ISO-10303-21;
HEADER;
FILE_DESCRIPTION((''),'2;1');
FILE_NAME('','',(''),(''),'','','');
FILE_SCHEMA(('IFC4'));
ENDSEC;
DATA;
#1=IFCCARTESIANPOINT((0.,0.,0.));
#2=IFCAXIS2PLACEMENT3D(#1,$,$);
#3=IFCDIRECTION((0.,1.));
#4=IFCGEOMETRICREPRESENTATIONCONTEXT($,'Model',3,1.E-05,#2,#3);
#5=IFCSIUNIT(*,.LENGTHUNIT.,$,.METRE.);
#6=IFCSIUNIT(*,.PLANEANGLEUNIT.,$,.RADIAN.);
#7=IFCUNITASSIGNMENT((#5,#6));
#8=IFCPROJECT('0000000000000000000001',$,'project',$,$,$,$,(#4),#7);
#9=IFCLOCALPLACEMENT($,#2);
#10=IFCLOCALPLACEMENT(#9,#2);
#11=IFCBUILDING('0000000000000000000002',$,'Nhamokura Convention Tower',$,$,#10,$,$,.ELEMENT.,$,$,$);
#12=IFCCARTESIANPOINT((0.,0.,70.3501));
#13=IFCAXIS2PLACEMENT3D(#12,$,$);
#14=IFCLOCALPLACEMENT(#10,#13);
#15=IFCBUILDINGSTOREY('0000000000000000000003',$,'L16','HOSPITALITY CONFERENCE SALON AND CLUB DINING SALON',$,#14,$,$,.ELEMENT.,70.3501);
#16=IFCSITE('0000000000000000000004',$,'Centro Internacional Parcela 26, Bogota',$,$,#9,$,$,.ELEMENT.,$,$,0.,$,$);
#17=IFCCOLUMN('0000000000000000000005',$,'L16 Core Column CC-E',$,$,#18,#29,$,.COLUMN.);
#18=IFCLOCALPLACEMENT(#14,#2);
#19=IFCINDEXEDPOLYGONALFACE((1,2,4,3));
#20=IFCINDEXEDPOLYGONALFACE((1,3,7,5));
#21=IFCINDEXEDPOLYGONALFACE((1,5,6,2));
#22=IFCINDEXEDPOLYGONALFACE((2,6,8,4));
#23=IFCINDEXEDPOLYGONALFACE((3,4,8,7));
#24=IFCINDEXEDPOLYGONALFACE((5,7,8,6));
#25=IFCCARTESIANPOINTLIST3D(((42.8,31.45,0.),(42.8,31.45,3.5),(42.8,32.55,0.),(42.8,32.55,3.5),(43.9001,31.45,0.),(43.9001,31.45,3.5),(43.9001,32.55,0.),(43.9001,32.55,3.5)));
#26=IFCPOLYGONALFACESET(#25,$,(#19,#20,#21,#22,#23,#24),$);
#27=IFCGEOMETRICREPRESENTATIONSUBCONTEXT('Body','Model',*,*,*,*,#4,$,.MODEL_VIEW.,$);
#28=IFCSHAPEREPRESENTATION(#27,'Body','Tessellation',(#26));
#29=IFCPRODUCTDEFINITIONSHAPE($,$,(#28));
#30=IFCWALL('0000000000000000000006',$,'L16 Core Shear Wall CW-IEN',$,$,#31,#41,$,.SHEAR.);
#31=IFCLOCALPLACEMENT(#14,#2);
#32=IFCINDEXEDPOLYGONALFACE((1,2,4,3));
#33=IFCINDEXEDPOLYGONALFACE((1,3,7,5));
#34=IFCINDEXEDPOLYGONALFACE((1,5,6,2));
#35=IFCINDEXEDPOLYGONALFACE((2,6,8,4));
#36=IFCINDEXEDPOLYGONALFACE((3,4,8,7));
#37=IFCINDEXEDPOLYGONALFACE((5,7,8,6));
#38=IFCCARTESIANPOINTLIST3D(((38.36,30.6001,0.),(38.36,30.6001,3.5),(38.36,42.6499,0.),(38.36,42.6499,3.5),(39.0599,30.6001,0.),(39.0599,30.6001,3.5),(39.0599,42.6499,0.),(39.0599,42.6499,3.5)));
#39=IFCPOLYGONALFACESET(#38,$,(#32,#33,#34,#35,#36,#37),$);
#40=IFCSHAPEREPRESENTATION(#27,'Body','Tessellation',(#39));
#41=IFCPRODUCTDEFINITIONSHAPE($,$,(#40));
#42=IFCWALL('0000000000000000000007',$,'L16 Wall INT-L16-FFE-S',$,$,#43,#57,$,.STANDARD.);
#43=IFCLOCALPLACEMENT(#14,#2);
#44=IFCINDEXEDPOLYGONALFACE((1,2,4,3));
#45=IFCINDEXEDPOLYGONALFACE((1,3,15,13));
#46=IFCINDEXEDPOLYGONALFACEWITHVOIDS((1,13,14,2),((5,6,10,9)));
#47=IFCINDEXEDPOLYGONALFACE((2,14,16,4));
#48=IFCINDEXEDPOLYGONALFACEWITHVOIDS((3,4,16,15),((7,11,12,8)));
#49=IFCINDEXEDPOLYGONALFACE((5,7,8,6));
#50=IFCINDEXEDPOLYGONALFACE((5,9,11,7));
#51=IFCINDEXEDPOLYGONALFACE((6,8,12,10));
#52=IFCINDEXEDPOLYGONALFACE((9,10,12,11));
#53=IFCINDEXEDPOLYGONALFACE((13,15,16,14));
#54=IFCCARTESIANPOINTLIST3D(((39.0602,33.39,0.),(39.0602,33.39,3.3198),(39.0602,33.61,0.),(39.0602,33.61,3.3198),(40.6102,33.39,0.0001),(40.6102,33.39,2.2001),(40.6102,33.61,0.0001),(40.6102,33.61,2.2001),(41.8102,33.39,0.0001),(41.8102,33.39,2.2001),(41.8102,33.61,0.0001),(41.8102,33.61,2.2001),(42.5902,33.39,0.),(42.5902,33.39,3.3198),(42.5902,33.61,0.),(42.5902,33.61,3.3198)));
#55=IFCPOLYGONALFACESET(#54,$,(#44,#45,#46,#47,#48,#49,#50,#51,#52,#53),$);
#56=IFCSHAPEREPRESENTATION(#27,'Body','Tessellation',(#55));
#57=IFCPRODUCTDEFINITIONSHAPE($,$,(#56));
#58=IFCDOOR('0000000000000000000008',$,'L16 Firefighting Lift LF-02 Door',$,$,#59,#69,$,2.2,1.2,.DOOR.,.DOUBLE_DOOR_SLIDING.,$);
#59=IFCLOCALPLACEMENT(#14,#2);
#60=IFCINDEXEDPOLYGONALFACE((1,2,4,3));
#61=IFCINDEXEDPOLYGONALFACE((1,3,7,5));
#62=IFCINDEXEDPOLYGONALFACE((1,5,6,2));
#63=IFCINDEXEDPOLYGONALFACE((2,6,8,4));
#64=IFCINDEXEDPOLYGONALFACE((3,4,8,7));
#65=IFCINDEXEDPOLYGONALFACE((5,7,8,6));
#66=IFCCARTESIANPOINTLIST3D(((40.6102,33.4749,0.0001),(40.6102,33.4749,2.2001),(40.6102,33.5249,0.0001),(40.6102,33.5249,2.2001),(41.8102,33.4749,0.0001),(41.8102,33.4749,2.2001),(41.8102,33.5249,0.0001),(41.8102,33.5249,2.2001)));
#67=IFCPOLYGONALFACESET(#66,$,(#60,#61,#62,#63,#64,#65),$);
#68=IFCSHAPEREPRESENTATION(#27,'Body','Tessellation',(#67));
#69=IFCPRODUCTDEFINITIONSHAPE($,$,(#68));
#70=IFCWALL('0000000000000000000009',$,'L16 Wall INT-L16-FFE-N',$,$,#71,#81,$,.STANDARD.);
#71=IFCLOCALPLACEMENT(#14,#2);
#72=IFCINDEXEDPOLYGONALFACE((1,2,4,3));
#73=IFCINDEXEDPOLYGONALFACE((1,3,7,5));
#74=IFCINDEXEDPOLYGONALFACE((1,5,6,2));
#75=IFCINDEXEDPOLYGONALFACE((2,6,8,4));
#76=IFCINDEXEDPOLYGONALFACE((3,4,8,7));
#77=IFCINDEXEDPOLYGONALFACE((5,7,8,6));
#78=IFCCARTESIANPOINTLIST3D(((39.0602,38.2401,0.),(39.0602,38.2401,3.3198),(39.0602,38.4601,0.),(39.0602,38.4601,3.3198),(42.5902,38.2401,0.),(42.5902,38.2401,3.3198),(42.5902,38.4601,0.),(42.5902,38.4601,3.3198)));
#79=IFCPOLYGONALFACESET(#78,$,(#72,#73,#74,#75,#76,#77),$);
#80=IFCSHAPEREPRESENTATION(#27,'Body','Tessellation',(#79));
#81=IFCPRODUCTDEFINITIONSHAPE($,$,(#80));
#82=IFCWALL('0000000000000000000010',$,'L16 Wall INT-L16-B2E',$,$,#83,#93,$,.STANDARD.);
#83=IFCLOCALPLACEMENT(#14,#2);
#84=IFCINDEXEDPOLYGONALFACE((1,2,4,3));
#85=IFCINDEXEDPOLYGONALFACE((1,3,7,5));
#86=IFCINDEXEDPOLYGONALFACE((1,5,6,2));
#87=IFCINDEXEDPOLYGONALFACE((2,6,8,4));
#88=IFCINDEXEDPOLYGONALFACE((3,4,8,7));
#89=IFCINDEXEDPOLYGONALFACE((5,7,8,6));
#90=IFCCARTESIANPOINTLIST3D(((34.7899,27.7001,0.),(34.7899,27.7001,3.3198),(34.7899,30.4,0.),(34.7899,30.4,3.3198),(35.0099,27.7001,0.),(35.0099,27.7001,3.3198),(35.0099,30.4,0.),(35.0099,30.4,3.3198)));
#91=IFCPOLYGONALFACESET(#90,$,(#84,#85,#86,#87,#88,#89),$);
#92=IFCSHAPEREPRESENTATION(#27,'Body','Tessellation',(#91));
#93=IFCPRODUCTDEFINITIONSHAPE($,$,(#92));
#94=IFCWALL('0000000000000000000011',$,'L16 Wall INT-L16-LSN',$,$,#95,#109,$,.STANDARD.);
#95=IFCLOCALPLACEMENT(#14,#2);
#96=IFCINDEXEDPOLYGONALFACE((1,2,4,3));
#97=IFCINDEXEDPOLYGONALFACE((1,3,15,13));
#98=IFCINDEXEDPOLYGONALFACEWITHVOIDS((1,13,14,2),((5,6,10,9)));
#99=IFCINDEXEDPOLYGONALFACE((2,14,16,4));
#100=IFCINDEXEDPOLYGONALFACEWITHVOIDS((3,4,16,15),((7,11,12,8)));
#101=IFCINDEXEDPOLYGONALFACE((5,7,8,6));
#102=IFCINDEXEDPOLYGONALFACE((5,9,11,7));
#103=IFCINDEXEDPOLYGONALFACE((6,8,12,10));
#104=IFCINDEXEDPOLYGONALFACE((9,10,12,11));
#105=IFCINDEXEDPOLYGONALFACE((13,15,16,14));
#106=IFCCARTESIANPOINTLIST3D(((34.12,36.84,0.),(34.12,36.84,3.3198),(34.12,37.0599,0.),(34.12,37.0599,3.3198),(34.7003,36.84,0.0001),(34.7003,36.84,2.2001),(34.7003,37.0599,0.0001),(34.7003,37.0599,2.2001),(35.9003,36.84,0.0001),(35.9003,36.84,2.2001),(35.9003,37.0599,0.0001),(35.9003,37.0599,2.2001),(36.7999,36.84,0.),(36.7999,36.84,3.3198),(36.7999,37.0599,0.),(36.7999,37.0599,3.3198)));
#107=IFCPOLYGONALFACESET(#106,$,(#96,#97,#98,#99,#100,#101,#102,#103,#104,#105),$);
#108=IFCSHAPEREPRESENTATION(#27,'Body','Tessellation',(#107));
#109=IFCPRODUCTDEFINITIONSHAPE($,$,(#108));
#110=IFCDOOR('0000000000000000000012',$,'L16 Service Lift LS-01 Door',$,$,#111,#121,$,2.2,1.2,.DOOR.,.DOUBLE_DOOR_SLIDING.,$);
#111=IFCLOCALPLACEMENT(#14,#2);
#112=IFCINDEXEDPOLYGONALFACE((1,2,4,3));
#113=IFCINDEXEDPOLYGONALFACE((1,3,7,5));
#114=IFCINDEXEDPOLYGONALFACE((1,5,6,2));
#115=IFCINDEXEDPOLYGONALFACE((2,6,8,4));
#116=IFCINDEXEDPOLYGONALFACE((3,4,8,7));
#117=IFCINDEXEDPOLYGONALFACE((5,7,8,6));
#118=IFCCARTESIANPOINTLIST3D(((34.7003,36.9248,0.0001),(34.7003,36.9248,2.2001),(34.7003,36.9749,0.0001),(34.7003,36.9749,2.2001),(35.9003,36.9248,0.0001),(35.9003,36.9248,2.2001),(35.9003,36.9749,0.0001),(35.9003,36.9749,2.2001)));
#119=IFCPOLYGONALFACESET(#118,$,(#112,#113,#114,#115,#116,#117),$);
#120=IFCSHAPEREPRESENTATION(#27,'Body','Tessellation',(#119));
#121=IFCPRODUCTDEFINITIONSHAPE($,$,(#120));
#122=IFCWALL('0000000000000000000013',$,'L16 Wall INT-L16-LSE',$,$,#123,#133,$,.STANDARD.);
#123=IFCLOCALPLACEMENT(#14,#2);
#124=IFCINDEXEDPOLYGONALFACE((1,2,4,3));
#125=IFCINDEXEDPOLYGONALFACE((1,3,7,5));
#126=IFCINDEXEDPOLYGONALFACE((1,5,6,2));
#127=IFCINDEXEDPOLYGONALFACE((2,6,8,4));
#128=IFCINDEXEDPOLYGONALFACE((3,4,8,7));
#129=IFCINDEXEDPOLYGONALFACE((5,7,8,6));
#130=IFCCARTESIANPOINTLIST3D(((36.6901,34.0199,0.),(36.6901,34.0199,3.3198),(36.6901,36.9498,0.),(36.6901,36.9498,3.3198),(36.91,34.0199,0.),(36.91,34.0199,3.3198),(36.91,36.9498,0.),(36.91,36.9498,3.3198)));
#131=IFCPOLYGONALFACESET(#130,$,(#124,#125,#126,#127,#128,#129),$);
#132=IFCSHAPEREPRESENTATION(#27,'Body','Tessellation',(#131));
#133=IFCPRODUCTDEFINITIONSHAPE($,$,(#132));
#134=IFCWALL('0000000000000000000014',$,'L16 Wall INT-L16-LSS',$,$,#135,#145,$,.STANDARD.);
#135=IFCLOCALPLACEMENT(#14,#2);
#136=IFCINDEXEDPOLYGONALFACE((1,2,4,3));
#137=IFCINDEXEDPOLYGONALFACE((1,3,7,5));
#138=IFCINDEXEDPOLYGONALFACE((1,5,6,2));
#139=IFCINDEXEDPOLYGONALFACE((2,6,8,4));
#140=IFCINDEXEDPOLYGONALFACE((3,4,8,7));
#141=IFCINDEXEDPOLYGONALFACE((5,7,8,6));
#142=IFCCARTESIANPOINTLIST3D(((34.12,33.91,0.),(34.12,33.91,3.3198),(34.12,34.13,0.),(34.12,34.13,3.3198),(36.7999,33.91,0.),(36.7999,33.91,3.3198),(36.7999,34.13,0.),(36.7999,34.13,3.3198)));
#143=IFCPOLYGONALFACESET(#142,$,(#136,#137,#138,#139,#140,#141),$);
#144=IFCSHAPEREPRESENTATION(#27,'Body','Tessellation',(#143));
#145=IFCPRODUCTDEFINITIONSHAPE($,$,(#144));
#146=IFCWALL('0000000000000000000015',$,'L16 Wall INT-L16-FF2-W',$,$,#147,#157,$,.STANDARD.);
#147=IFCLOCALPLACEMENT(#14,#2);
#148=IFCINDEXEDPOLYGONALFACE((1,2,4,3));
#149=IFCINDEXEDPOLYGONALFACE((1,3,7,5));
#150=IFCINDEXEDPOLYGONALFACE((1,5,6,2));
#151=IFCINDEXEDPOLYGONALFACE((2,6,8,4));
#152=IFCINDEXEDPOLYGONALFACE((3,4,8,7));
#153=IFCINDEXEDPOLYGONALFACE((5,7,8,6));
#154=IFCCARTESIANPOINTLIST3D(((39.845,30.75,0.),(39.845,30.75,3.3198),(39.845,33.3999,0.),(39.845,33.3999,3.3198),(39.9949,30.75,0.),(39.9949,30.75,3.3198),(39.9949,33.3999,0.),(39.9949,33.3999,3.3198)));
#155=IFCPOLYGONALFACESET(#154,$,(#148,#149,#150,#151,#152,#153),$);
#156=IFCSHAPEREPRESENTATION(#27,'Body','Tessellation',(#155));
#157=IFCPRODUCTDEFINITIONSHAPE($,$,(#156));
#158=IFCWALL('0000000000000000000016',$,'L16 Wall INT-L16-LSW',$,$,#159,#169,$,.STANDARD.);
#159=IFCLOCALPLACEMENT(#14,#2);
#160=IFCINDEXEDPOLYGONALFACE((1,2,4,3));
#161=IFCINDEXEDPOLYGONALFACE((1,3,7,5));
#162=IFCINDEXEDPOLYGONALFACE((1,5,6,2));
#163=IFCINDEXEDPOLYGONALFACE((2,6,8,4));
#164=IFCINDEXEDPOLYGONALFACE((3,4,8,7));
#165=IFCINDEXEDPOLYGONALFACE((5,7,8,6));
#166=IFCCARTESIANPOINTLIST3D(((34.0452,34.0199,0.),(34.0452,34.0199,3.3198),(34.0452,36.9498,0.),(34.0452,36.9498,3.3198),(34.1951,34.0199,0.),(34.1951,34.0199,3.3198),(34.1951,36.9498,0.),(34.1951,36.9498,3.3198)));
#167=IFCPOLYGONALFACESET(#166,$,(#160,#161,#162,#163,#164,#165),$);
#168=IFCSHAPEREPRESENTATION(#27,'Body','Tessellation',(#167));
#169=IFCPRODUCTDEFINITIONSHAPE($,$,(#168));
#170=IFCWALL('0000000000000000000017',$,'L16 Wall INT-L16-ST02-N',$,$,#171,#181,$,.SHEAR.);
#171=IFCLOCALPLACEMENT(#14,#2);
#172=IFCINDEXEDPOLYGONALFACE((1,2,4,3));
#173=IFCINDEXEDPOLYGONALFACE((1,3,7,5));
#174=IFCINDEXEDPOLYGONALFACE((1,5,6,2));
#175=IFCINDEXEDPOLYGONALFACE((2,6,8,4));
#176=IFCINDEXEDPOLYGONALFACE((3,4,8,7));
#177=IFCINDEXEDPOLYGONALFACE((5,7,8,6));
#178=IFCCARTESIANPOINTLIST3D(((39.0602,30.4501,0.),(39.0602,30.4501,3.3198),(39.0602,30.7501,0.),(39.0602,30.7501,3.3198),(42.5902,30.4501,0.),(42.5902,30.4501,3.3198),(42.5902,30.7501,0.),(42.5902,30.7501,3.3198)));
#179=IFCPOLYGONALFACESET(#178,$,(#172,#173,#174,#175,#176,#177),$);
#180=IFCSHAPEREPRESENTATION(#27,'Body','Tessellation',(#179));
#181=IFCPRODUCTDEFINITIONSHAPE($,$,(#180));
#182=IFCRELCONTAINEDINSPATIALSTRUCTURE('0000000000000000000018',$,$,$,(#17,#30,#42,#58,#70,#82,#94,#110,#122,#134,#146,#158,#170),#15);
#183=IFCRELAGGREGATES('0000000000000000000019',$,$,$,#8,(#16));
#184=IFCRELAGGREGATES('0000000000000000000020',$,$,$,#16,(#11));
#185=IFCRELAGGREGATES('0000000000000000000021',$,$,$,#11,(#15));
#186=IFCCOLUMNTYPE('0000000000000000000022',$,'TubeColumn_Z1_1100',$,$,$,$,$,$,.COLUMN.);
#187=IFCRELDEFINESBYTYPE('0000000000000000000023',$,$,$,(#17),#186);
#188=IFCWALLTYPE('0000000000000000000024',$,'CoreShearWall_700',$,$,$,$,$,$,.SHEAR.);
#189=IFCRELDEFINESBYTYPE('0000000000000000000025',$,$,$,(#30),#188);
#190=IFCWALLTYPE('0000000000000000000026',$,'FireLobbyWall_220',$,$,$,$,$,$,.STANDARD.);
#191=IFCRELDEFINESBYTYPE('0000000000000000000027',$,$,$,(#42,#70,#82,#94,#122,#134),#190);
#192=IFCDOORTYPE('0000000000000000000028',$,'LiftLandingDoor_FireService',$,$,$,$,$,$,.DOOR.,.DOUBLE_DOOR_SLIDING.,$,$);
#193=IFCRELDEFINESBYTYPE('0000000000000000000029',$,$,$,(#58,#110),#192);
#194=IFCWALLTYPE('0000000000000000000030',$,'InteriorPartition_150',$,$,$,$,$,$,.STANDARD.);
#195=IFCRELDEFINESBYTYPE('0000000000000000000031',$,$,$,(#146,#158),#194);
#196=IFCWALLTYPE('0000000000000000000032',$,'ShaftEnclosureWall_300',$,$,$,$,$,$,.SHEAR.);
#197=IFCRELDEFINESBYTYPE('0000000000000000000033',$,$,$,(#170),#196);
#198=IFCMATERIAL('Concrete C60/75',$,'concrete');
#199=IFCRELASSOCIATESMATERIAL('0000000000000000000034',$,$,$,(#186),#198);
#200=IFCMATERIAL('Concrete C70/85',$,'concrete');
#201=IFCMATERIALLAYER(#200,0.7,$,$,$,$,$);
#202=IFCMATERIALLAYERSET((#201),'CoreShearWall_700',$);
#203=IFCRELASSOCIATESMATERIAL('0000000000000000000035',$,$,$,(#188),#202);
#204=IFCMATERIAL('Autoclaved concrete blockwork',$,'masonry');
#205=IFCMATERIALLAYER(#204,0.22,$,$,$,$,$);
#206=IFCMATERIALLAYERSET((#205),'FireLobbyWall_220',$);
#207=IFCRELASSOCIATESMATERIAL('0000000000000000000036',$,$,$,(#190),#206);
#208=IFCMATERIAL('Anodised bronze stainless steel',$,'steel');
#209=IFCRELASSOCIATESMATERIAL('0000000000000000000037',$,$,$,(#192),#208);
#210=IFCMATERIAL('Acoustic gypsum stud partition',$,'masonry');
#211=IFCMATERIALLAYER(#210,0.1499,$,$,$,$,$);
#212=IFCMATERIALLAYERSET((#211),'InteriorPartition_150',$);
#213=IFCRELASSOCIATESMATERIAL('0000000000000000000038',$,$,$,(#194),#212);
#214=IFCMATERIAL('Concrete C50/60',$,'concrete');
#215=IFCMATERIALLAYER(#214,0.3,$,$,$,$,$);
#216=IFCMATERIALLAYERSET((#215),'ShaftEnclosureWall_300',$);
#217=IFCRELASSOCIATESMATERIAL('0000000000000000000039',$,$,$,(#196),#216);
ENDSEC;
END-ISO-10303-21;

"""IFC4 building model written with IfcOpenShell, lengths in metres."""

from ifc_helpers import new_model, si_unit, direction, frame, frame_2d, origin, origin_2d, place, context, subcontext, project, spatial, rectangle, extrude, material, layer, layer_set, material_profile, profile_set, type_object, element, fill, save


model = new_model("IFC4")

# Units and contexts
model_context = context("Model", 3, precision=1e-05, world=origin(), true_north=direction((0.0, 1.0)))
body_context = subcontext(model_context, "Body", "Model", "MODEL_VIEW")
ifc_project = project(units=[si_unit("LENGTHUNIT", "METRE"), si_unit("PLANEANGLEUNIT", "RADIAN")], contexts=[model_context])

# Site, building, storey
site_placement = place(None, origin())
site = spatial("IfcSite", under=ifc_project, at=site_placement, Name="Centro Internacional Parcela 26, Bogota", CompositionType="ELEMENT", RefElevation=0.0)
building_placement = place(site_placement, origin())
building = spatial("IfcBuilding", under=site, at=building_placement, Name="Nhamokura Convention Tower", CompositionType="ELEMENT")
storey_placement = place(building_placement, frame((0.0, 0.0, 70.3501)))
storey = spatial("IfcBuildingStorey", under=building, at=storey_placement, Name="L16", Description="HOSPITALITY CONFERENCE SALON AND CLUB DINING SALON", CompositionType="ELEMENT", Elevation=70.3501)

# Column
ifc_material_1 = material(Name="Concrete C60/75", Category="concrete")
ifc_material_profile = material_profile(ifc_material_1, rectangle(XDim=1.1001, YDim=1.1001, at=origin_2d()))
ifc_profile_set = profile_set([ifc_material_profile], Name="Concrete C60/75")
column_type = type_object("IfcColumnType", Name="TubeColumn_Z1_1100", PredefinedType="COLUMN", material=ifc_profile_set)
column_placement = place(storey_placement, frame((43.3501, 32.0, 0.0), z_axis=(0.0, 0.0, 1.0), x_axis=(1.0, 0.0, 0.0)))
element("IfcColumn", 1, at=column_placement, inside=storey, type_object=column_type, Name="L16 Core Column CC-E", PredefinedType="COLUMN", context=body_context, shape_type="SweptSolid", body=[
    extrude(rectangle(XDim=1.1001, YDim=1.1001, at=origin_2d()), origin(), (0.0, 0.0, 1.0), 3.5),
])

# Shared definitions
ifc_material_2 = material(Name="Concrete C70/85", Category="concrete")
ifc_layer_1 = layer(ifc_material_2, 0.7)
ifc_layer_set_1 = layer_set([ifc_layer_1], Name="CoreShearWall_700")
wall_type_1 = type_object("IfcWallType", Name="CoreShearWall_700", PredefinedType="SHEAR", material=ifc_layer_set_1)

# Wall
wall_1_placement = place(storey_placement, frame((38.71, 30.6001, 0.0), z_axis=(0.0, 0.0, 1.0), x_axis=(0.0, 1.0, 0.0)))
element("IfcWall", 2, at=wall_1_placement, inside=storey, type_object=wall_type_1, Name="L16 Core Shear Wall CW-IEN", PredefinedType="SHEAR", context=body_context, shape_type="SweptSolid", body=[
    extrude(rectangle(XDim=12.0498, YDim=0.7, at=frame_2d((6.0249, 0.0))), origin(), (0.0, 0.0, 1.0), 3.5),
])

# Wall, opening, door
ifc_material_3 = material(Name="Autoclaved concrete blockwork", Category="masonry")
ifc_layer_2 = layer(ifc_material_3, 0.22)
ifc_layer_set_2 = layer_set([ifc_layer_2], Name="FireLobbyWall_220")
wall_type_2 = type_object("IfcWallType", Name="FireLobbyWall_220", PredefinedType="STANDARD", material=ifc_layer_set_2)
wall_2_placement = place(storey_placement, frame((39.0601, 33.5, 0.0), z_axis=(0.0, 0.0, 1.0), x_axis=(1.0, 0.0, 0.0)))
wall_2 = element("IfcWall", 3, at=wall_2_placement, inside=storey, type_object=wall_type_2, Name="L16 Wall INT-L16-FFE-S", PredefinedType="STANDARD", context=body_context, shape_type="SweptSolid", body=[
    extrude(rectangle(XDim=3.53, YDim=0.22, at=frame_2d((1.7651, 0.0))), origin(), (0.0, 0.0, 1.0), 3.3198),
])
opening_1_placement = place(wall_2_placement, frame((1.55, 0.0, 0.0)))
opening_1 = element("IfcOpeningElement", 4, at=opening_1_placement, cuts=wall_2, PredefinedType="OPENING", context=body_context, shape_type="SweptSolid", body=[
    extrude(rectangle(XDim=1.2, YDim=2.2, at=frame_2d((0.6001, 1.1001))), frame((0.0, 0.1199, 0.0), z_axis=(0.0, -1.0, 0.0), x_axis=(1.0, 0.0, 0.0)), (0.0, 0.0, 1.0), 0.24),
])
ifc_material_4 = material(Name="Anodised bronze stainless steel", Category="steel")
door_type_1 = type_object("IfcDoorType", Name="LiftLandingDoor_FireService", OperationType="DOUBLE_DOOR_SLIDING", PredefinedType="DOOR", material=ifc_material_4)
door_1_placement = place(opening_1_placement, origin())
door_1 = element("IfcDoor", 5, at=door_1_placement, inside=storey, type_object=door_type_1, Name="L16 Firefighting Lift LF-02 Door", OperationType="DOUBLE_DOOR_SLIDING", OverallHeight=2.2, OverallWidth=1.2, PredefinedType="DOOR", context=body_context, shape_type="SweptSolid", body=[
    extrude(rectangle(XDim=1.2, YDim=2.2, at=frame_2d((0.6001, 1.1001))), frame((0.0, 0.0249, 0.0), z_axis=(0.0, -1.0, 0.0), x_axis=(1.0, 0.0, 0.0)), (0.0, 0.0, 1.0), 0.05),
])
fill(opening_1, door_1)

# Walls
wall_3_placement = place(storey_placement, frame((39.0601, 38.3501, 0.0), z_axis=(0.0, 0.0, 1.0), x_axis=(1.0, 0.0, 0.0)))
element("IfcWall", 6, at=wall_3_placement, inside=storey, type_object=wall_type_2, Name="L16 Wall INT-L16-FFE-N", PredefinedType="STANDARD", context=body_context, shape_type="SweptSolid", body=[
    extrude(rectangle(XDim=3.53, YDim=0.22, at=frame_2d((1.7651, 0.0))), origin(), (0.0, 0.0, 1.0), 3.3198),
])
wall_4_placement = place(storey_placement, frame((34.8999, 27.7, 0.0), z_axis=(0.0, 0.0, 1.0), x_axis=(0.0, 1.0, 0.0)))
element("IfcWall", 7, at=wall_4_placement, inside=storey, type_object=wall_type_2, Name="L16 Wall INT-L16-B2E", PredefinedType="STANDARD", context=body_context, shape_type="SweptSolid", body=[
    extrude(rectangle(XDim=2.7, YDim=0.22, at=frame_2d((1.3501, 0.0))), origin(), (0.0, 0.0, 1.0), 3.3198),
])

# Wall, opening, door
wall_5_placement = place(storey_placement, frame((34.1201, 36.95, 0.0), z_axis=(0.0, 0.0, 1.0), x_axis=(1.0, 0.0, 0.0)))
wall_5 = element("IfcWall", 8, at=wall_5_placement, inside=storey, type_object=wall_type_2, Name="L16 Wall INT-L16-LSN", PredefinedType="STANDARD", context=body_context, shape_type="SweptSolid", body=[
    extrude(rectangle(XDim=2.6799, YDim=0.22, at=frame_2d((1.3398, 0.0))), origin(), (0.0, 0.0, 1.0), 3.3198),
])
opening_2_placement = place(wall_5_placement, frame((0.5801, 0.0, 0.0)))
opening_2 = element("IfcOpeningElement", 9, at=opening_2_placement, cuts=wall_5, PredefinedType="OPENING", context=body_context, shape_type="SweptSolid", body=[
    extrude(rectangle(XDim=1.2, YDim=2.2, at=frame_2d((0.6001, 1.1001))), frame((0.0, 0.1199, 0.0), z_axis=(0.0, -1.0, 0.0), x_axis=(1.0, 0.0, 0.0)), (0.0, 0.0, 1.0), 0.24),
])
door_2_placement = place(opening_2_placement, origin())
door_2 = element("IfcDoor", 10, at=door_2_placement, inside=storey, type_object=door_type_1, Name="L16 Service Lift LS-01 Door", OperationType="DOUBLE_DOOR_SLIDING", OverallHeight=2.2, OverallWidth=1.2, PredefinedType="DOOR", context=body_context, shape_type="SweptSolid", body=[
    extrude(rectangle(XDim=1.2, YDim=2.2, at=frame_2d((0.6001, 1.1001))), frame((0.0, 0.0249, 0.0), z_axis=(0.0, -1.0, 0.0), x_axis=(1.0, 0.0, 0.0)), (0.0, 0.0, 1.0), 0.05),
])
fill(opening_2, door_2)

# Walls
wall_6_placement = place(storey_placement, frame((36.8, 34.02, 0.0), z_axis=(0.0, 0.0, 1.0), x_axis=(0.0, 1.0, 0.0)))
element("IfcWall", 11, at=wall_6_placement, inside=storey, type_object=wall_type_2, Name="L16 Wall INT-L16-LSE", PredefinedType="STANDARD", context=body_context, shape_type="SweptSolid", body=[
    extrude(rectangle(XDim=2.9299, YDim=0.22, at=frame_2d((1.4648, 0.0))), origin(), (0.0, 0.0, 1.0), 3.3198),
])
wall_7_placement = place(storey_placement, frame((34.1201, 34.02, 0.0), z_axis=(0.0, 0.0, 1.0), x_axis=(1.0, 0.0, 0.0)))
element("IfcWall", 12, at=wall_7_placement, inside=storey, type_object=wall_type_2, Name="L16 Wall INT-L16-LSS", PredefinedType="STANDARD", context=body_context, shape_type="SweptSolid", body=[
    extrude(rectangle(XDim=2.6799, YDim=0.22, at=frame_2d((1.3398, 0.0))), origin(), (0.0, 0.0, 1.0), 3.3198),
])
ifc_material_5 = material(Name="Acoustic gypsum stud partition", Category="masonry")
ifc_layer_3 = layer(ifc_material_5, 0.1499)
ifc_layer_set_3 = layer_set([ifc_layer_3], Name="InteriorPartition_150")
wall_type_3 = type_object("IfcWallType", Name="InteriorPartition_150", PredefinedType="STANDARD", material=ifc_layer_set_3)
wall_8_placement = place(storey_placement, frame((39.9199, 30.75, 0.0), z_axis=(0.0, 0.0, 1.0), x_axis=(0.0, 1.0, 0.0)))
element("IfcWall", 13, at=wall_8_placement, inside=storey, type_object=wall_type_3, Name="L16 Wall INT-L16-FF2-W", PredefinedType="STANDARD", context=body_context, shape_type="SweptSolid", body=[
    extrude(rectangle(XDim=2.6499, YDim=0.1499, at=frame_2d((1.325, 0.0))), origin(), (0.0, 0.0, 1.0), 3.3198),
])
wall_9_placement = place(storey_placement, frame((34.1201, 34.02, 0.0), z_axis=(0.0, 0.0, 1.0), x_axis=(0.0, 1.0, 0.0)))
element("IfcWall", 14, at=wall_9_placement, inside=storey, type_object=wall_type_3, Name="L16 Wall INT-L16-LSW", PredefinedType="STANDARD", context=body_context, shape_type="SweptSolid", body=[
    extrude(rectangle(XDim=2.9299, YDim=0.1499, at=frame_2d((1.4648, 0.0))), origin(), (0.0, 0.0, 1.0), 3.3198),
])
ifc_material_6 = material(Name="Concrete C50/60", Category="concrete")
ifc_layer_4 = layer(ifc_material_6, 0.3)
ifc_layer_set_4 = layer_set([ifc_layer_4], Name="ShaftEnclosureWall_300")
wall_type_4 = type_object("IfcWallType", Name="ShaftEnclosureWall_300", PredefinedType="SHEAR", material=ifc_layer_set_4)
wall_10_placement = place(storey_placement, frame((39.0601, 30.6001, 0.0), z_axis=(0.0, 0.0, 1.0), x_axis=(1.0, 0.0, 0.0)))
element("IfcWall", 15, at=wall_10_placement, inside=storey, type_object=wall_type_4, Name="L16 Wall INT-L16-ST02-N", PredefinedType="SHEAR", context=body_context, shape_type="SweptSolid", body=[
    extrude(rectangle(XDim=3.53, YDim=0.3, at=frame_2d((1.7651, 0.0))), origin(), (0.0, 0.0, 1.0), 3.3198),
])

save(model, "model.ifc")
